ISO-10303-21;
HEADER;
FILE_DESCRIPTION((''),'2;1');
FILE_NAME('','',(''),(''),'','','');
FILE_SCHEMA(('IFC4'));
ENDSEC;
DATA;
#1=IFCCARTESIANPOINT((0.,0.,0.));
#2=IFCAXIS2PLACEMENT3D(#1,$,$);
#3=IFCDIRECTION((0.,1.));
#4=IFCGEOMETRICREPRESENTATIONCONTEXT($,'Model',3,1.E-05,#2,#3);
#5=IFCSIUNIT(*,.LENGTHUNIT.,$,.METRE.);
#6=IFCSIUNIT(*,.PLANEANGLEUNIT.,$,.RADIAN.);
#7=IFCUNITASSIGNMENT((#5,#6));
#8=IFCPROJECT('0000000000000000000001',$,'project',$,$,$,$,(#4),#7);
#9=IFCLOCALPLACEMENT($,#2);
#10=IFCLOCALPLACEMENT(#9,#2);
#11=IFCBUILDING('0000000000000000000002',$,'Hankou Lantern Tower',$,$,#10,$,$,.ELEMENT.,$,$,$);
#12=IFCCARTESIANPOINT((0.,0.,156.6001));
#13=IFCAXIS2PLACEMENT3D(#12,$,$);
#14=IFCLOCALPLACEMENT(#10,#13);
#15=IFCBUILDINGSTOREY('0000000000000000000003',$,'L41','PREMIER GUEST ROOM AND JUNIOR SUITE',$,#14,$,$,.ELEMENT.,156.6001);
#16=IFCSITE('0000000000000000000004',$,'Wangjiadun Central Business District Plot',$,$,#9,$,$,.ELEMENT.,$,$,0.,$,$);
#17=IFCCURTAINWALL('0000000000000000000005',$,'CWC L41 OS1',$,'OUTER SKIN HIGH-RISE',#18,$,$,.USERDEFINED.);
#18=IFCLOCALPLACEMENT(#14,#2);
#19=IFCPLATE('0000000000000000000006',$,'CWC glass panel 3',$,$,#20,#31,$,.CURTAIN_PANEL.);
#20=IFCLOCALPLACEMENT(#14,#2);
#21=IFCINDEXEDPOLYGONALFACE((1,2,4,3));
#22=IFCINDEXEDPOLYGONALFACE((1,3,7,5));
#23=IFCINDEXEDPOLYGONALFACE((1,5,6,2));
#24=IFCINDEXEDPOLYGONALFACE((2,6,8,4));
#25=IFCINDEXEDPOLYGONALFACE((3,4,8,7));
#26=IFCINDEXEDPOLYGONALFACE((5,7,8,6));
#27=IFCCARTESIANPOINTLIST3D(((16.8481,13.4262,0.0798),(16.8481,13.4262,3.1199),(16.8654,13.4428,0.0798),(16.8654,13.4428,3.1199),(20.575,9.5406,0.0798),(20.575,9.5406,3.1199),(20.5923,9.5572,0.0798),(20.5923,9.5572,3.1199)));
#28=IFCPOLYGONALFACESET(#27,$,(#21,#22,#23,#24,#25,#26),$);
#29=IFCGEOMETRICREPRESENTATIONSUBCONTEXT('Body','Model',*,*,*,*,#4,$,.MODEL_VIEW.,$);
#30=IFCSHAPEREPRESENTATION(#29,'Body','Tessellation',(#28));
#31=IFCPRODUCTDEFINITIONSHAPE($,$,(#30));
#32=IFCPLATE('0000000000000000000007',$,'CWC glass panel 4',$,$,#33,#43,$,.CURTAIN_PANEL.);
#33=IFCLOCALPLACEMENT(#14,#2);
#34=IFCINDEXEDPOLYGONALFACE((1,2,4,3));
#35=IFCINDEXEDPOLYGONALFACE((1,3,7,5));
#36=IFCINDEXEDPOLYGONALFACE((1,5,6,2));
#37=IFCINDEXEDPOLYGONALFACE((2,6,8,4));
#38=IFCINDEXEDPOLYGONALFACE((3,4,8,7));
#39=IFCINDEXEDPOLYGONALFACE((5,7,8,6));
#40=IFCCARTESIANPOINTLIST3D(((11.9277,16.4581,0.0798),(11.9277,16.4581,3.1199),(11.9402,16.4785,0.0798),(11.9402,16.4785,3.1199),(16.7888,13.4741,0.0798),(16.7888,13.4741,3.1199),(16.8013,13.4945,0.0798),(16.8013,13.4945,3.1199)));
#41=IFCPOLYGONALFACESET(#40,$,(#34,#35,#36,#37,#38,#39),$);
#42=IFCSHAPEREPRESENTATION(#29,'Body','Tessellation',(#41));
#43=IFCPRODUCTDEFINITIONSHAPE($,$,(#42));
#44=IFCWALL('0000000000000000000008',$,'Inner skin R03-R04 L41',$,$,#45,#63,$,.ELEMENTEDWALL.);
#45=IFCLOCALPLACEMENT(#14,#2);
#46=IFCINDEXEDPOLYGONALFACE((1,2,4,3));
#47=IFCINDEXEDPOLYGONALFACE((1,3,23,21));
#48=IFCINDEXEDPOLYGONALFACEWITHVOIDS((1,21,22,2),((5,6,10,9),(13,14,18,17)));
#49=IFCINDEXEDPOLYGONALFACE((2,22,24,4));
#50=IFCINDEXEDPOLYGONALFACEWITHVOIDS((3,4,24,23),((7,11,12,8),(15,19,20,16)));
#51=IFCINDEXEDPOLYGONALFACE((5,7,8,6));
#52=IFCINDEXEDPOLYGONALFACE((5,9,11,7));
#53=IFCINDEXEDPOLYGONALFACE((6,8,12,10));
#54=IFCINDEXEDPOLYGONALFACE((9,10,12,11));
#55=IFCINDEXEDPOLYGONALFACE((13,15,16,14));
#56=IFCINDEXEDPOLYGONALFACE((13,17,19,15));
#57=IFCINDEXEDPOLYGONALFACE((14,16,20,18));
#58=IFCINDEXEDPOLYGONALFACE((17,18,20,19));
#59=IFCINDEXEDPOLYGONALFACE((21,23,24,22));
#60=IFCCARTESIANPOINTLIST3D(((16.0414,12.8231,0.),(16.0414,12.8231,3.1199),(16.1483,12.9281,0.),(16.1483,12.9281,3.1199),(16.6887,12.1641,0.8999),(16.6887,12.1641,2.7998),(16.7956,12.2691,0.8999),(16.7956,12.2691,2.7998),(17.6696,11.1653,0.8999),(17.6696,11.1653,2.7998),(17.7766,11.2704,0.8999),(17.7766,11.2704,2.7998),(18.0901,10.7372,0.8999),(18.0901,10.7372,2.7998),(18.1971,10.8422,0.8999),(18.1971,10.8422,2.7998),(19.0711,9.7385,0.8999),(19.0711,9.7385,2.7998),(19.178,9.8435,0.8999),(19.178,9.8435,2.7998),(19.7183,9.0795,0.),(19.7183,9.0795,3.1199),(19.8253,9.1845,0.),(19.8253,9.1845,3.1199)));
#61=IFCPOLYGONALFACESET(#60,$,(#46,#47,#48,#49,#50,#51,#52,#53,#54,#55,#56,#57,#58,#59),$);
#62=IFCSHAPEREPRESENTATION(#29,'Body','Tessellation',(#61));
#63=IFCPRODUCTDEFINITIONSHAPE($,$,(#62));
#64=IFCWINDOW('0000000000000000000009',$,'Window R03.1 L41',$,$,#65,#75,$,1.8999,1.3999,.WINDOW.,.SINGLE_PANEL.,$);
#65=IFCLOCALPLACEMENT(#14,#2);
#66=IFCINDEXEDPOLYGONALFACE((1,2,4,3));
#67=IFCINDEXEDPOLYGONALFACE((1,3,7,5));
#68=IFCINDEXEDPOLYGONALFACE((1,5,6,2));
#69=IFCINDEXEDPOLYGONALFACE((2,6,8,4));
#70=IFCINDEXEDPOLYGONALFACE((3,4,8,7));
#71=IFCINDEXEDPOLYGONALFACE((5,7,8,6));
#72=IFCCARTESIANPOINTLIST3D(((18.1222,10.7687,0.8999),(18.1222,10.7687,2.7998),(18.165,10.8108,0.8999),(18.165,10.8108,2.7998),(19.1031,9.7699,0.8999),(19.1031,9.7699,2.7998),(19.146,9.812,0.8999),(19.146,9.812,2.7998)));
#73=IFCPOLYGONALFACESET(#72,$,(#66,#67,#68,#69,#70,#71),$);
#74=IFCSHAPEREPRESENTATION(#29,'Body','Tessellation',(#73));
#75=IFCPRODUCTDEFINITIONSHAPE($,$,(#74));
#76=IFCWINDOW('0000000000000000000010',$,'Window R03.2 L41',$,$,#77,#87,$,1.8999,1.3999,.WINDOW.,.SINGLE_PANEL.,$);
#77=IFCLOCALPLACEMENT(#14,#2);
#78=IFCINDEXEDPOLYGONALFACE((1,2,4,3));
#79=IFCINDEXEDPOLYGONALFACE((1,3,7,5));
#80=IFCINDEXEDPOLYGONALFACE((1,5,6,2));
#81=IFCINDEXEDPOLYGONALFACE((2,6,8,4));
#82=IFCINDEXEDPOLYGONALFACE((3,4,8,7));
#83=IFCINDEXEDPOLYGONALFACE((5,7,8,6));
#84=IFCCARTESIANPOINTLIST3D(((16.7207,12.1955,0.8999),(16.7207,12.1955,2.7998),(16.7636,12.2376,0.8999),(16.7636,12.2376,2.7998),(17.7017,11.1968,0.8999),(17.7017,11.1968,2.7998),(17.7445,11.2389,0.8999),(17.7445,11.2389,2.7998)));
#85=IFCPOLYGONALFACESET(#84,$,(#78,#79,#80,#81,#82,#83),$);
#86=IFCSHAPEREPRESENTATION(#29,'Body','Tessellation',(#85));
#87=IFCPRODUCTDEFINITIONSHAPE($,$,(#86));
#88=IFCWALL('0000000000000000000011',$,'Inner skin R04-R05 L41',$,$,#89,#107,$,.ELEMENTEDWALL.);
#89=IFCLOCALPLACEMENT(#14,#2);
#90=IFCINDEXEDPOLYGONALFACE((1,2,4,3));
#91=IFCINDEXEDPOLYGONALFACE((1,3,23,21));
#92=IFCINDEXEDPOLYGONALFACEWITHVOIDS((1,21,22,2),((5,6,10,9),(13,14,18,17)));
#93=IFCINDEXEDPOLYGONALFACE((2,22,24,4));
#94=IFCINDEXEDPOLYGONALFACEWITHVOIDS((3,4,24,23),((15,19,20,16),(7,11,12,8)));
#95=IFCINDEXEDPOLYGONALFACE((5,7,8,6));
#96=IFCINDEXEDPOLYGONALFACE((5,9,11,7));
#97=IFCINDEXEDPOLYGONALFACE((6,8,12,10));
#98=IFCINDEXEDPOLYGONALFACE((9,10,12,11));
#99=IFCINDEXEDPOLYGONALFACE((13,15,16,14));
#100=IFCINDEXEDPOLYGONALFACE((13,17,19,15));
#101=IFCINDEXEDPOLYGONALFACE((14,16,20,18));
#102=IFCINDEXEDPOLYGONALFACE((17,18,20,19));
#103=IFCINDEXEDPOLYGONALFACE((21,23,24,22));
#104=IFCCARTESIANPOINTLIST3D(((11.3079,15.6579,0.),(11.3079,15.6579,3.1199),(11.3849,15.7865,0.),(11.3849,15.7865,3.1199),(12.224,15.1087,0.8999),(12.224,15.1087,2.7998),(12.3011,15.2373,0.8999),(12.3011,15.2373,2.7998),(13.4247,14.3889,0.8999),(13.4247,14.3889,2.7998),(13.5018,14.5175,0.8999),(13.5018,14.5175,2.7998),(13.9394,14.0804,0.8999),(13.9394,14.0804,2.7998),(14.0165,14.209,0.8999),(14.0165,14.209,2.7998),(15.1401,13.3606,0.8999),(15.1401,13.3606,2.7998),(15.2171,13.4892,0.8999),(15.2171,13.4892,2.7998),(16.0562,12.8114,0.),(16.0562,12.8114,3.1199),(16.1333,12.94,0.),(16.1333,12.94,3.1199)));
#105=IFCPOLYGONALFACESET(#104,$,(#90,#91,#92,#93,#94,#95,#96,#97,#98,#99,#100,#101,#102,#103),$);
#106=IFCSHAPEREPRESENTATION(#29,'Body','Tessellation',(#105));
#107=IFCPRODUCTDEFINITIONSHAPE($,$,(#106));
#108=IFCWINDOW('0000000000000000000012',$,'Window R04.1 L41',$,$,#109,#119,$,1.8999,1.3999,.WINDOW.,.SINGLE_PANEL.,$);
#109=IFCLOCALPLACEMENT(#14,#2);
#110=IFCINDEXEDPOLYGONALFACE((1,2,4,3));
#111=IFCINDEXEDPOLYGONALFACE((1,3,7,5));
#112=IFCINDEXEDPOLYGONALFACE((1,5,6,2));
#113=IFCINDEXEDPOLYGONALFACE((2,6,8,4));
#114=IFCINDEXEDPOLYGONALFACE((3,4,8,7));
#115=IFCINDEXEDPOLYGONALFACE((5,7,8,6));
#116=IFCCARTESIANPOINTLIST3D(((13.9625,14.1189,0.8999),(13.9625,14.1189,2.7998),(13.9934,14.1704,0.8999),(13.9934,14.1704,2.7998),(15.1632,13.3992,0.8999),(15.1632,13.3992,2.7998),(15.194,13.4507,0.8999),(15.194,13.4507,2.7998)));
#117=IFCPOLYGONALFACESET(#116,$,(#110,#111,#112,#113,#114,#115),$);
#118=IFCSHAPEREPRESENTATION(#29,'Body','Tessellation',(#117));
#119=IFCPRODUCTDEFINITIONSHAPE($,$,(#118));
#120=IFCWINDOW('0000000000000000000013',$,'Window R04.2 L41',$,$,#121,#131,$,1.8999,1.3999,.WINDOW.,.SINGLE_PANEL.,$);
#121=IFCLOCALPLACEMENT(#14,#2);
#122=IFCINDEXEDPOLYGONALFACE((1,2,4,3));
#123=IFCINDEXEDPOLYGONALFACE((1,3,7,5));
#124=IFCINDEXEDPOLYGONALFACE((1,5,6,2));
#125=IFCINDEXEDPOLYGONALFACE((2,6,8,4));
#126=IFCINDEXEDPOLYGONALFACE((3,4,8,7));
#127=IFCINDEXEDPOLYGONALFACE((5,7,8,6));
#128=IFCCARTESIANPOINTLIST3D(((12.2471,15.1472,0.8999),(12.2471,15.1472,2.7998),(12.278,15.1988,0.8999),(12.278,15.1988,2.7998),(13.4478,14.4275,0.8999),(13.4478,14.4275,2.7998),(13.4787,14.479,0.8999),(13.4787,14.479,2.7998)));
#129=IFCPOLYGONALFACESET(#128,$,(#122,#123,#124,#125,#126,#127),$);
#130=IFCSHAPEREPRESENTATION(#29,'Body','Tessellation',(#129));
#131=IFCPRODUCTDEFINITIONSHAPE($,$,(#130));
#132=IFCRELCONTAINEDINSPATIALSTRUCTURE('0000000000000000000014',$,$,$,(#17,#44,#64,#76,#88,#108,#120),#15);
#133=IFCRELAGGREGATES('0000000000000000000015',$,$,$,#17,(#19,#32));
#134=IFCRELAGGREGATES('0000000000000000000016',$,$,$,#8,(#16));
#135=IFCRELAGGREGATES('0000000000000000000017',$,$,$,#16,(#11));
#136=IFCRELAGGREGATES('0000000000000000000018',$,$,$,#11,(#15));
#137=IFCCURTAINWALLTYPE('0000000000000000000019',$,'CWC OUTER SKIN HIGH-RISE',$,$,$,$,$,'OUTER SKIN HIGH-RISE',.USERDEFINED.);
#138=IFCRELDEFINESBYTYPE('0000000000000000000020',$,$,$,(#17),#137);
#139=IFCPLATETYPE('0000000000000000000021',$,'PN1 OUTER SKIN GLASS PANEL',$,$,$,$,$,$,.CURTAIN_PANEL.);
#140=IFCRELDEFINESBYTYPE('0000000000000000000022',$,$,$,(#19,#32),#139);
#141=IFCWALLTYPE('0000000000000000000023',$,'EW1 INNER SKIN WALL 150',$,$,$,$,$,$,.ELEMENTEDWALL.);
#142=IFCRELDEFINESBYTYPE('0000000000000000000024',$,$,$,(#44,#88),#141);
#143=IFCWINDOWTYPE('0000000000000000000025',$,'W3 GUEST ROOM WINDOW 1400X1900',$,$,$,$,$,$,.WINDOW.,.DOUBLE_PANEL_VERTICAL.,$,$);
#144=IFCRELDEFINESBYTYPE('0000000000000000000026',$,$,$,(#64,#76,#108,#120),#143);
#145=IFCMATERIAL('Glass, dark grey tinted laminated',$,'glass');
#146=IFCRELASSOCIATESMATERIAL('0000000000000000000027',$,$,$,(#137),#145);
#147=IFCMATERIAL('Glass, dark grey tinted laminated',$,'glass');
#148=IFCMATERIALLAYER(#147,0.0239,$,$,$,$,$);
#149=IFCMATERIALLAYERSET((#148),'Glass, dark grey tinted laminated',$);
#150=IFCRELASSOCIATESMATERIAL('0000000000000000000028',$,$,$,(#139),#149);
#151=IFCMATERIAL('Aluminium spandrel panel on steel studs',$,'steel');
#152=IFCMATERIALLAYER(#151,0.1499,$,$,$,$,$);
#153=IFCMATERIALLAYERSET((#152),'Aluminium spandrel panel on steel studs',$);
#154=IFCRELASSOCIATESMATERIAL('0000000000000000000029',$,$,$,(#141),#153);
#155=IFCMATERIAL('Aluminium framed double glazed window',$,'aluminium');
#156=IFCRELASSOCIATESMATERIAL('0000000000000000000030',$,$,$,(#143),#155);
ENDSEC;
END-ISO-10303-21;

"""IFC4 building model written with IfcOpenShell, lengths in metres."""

from ifc_helpers import new_model, si_unit, direction, frame, frame_2d, origin, origin_2d, place, context, subcontext, project, spatial, rectangle, extrude, material, layer, layer_set, type_object, element, fill, aggregate, save


model = new_model("IFC4")

# Units and contexts
model_context = context("Model", 3, precision=1e-05, world=origin(), true_north=direction((0.0, 1.0)))
body_context = subcontext(model_context, "Body", "Model", "MODEL_VIEW")
ifc_project = project(units=[si_unit("LENGTHUNIT", "METRE"), si_unit("PLANEANGLEUNIT", "RADIAN")], contexts=[model_context])

# Site, building, storey
site_placement = place(None, origin())
site = spatial("IfcSite", under=ifc_project, at=site_placement, Name="Wangjiadun Central Business District Plot", CompositionType="ELEMENT", RefElevation=0.0)
building_placement = place(site_placement, origin())
building = spatial("IfcBuilding", under=site, at=building_placement, Name="Hankou Lantern Tower", CompositionType="ELEMENT")
storey_placement = place(building_placement, frame((0.0, 0.0, 156.6001)))
storey = spatial("IfcBuildingStorey", under=building, at=storey_placement, Name="L41", Description="PREMIER GUEST ROOM AND JUNIOR SUITE", CompositionType="ELEMENT", Elevation=156.6001)

# Curtain wall
ifc_material_1 = material(Name="Glass, dark grey tinted laminated", Category="glass")
curtain_wall_type = type_object("IfcCurtainWallType", Name="CWC OUTER SKIN HIGH-RISE", ElementType="OUTER SKIN HIGH-RISE", PredefinedType="USERDEFINED", material=ifc_material_1)
curtain_wall_placement = place(storey_placement, origin())
curtain_wall = element("IfcCurtainWall", 1, at=curtain_wall_placement, inside=storey, type_object=curtain_wall_type, Name="CWC L41 OS1", ObjectType="OUTER SKIN HIGH-RISE", PredefinedType="USERDEFINED")

# Plates
ifc_material_2 = material(Name="Glass, dark grey tinted laminated", Category="glass")
ifc_layer_1 = layer(ifc_material_2, 0.0239)
ifc_layer_set_1 = layer_set([ifc_layer_1], Name="Glass, dark grey tinted laminated")
plate_type = type_object("IfcPlateType", Name="PN1 OUTER SKIN GLASS PANEL", PredefinedType="CURTAIN_PANEL", material=ifc_layer_set_1)
plate_1_placement = place(storey_placement, frame((18.7202, 11.4917, 0.0798), z_axis=(0.0, 0.0, 1.0), x_axis=(-0.692216, 0.721691, 0.0)))
plate_1 = element("IfcPlate", 2, at=plate_1_placement, type_object=plate_type, Name="CWC glass panel 3", PredefinedType="CURTAIN_PANEL", context=body_context, shape_type="SweptSolid", body=[
    extrude(rectangle(XDim=5.384, YDim=0.0239, at=origin_2d()), origin(), (0.0, 0.0, 1.0), 3.04),
])
plate_2_placement = place(storey_placement, frame((14.3645, 14.9763, 0.0798), z_axis=(0.0, 0.0, 1.0), x_axis=(-0.852237, 0.523156, 0.0)))
plate_2 = element("IfcPlate", 3, at=plate_2_placement, type_object=plate_type, Name="CWC glass panel 4", PredefinedType="CURTAIN_PANEL", context=body_context, shape_type="SweptSolid", body=[
    extrude(rectangle(XDim=5.7039, YDim=0.0239, at=origin_2d()), origin(), (0.0, 0.0, 1.0), 3.04),
])
aggregate(curtain_wall, [plate_1, plate_2])

# Walls, openings, windows
ifc_material_3 = material(Name="Aluminium spandrel panel on steel studs", Category="steel")
ifc_layer_2 = layer(ifc_material_3, 0.1499)
ifc_layer_set_2 = layer_set([ifc_layer_2], Name="Aluminium spandrel panel on steel studs")
wall_type_1 = type_object("IfcWallType", Name="EW1 INNER SKIN WALL 150", PredefinedType="ELEMENTEDWALL", material=ifc_layer_set_2)
wall_1_placement = place(storey_placement, frame((19.7717, 9.1321, 0.0), z_axis=(0.0, 0.0, 1.0), x_axis=(-0.700727, 0.713429, 0.0)))
wall_1 = element("IfcWall", 4, at=wall_1_placement, inside=storey, type_object=wall_type_1, Name="Inner skin R03-R04 L41", PredefinedType="ELEMENTEDWALL", context=body_context, shape_type="SweptSolid", body=[
    extrude(rectangle(XDim=5.2473, YDim=0.1499, at=frame_2d((2.6235, 0.0))), origin(), (0.0, 0.0, 1.0), 3.1199),
])
opening_1_placement = place(wall_1_placement, frame((0.9236, 0.0, 0.8999)))
opening_1 = element("IfcOpeningElement", 5, at=opening_1_placement, cuts=wall_1, PredefinedType="OPENING", context=body_context, shape_type="SweptSolid", body=[
    extrude(rectangle(XDim=1.3999, YDim=1.8999, at=frame_2d((0.7, 0.95))), frame((0.0, 0.085, 0.0), z_axis=(0.0, -1.0, 0.0), x_axis=(1.0, 0.0, 0.0)), (0.0, 0.0, 1.0), 0.1699),
])
opening_2_placement = place(wall_1_placement, frame((2.9236, 0.0, 0.8999)))
opening_2 = element("IfcOpeningElement", 6, at=opening_2_placement, cuts=wall_1, PredefinedType="OPENING", context=body_context, shape_type="SweptSolid", body=[
    extrude(rectangle(XDim=1.3999, YDim=1.8999, at=frame_2d((0.7, 0.95))), frame((0.0, 0.085, 0.0), z_axis=(0.0, -1.0, 0.0), x_axis=(1.0, 0.0, 0.0)), (0.0, 0.0, 1.0), 0.1699),
])
ifc_material_4 = material(Name="Aluminium framed double glazed window", Category="aluminium")
window_type = type_object("IfcWindowType", Name="W3 GUEST ROOM WINDOW 1400X1900", PartitioningType="DOUBLE_PANEL_VERTICAL", PredefinedType="WINDOW", material=ifc_material_4)
window_1_placement = place(opening_1_placement, origin())
window_1 = element("IfcWindow", 7, at=window_1_placement, inside=storey, type_object=window_type, Name="Window R03.1 L41", OverallHeight=1.8999, OverallWidth=1.3999, PartitioningType="SINGLE_PANEL", PredefinedType="WINDOW", context=body_context, shape_type="SweptSolid", body=[
    extrude(rectangle(XDim=1.3999, YDim=1.8999, at=frame_2d((0.7, 0.95))), frame((0.0, 0.03, 0.0), z_axis=(0.0, -1.0, 0.0), x_axis=(1.0, 0.0, 0.0)), (0.0, 0.0, 1.0), 0.0601),
])
fill(opening_1, window_1)
window_2_placement = place(opening_2_placement, origin())
window_2 = element("IfcWindow", 8, at=window_2_placement, inside=storey, type_object=window_type, Name="Window R03.2 L41", OverallHeight=1.8999, OverallWidth=1.3999, PartitioningType="SINGLE_PANEL", PredefinedType="WINDOW", context=body_context, shape_type="SweptSolid", body=[
    extrude(rectangle(XDim=1.3999, YDim=1.8999, at=frame_2d((0.7, 0.95))), frame((0.0, 0.03, 0.0), z_axis=(0.0, -1.0, 0.0), x_axis=(1.0, 0.0, 0.0)), (0.0, 0.0, 1.0), 0.0601),
])
fill(opening_2, window_2)
wall_2_placement = place(storey_placement, frame((16.0947, 12.8757, 0.0), z_axis=(0.0, 0.0, 1.0), x_axis=(-0.857695, 0.514158, 0.0)))
wall_2 = element("IfcWall", 9, at=wall_2_placement, inside=storey, type_object=wall_type_1, Name="Inner skin R04-R05 L41", PredefinedType="ELEMENTEDWALL", context=body_context, shape_type="SweptSolid", body=[
    extrude(rectangle(XDim=5.5361, YDim=0.1499, at=frame_2d((2.7681, 0.0))), origin(), (0.0, 0.0, 1.0), 3.1199),
])
opening_3_placement = place(wall_2_placement, frame((1.0681, 0.0, 0.8999)))
opening_3 = element("IfcOpeningElement", 10, at=opening_3_placement, cuts=wall_2, PredefinedType="OPENING", context=body_context, shape_type="SweptSolid", body=[
    extrude(rectangle(XDim=1.3999, YDim=1.8999, at=frame_2d((0.7, 0.95))), frame((0.0, 0.085, 0.0), z_axis=(0.0, -1.0, 0.0), x_axis=(1.0, 0.0, 0.0)), (0.0, 0.0, 1.0), 0.1699),
])
opening_4_placement = place(wall_2_placement, frame((3.0681, 0.0, 0.8999)))
opening_4 = element("IfcOpeningElement", 11, at=opening_4_placement, cuts=wall_2, PredefinedType="OPENING", context=body_context, shape_type="SweptSolid", body=[
    extrude(rectangle(XDim=1.3999, YDim=1.8999, at=frame_2d((0.7, 0.95))), frame((0.0, 0.085, 0.0), z_axis=(0.0, -1.0, 0.0), x_axis=(1.0, 0.0, 0.0)), (0.0, 0.0, 1.0), 0.1699),
])
window_3_placement = place(opening_3_placement, origin())
window_3 = element("IfcWindow", 12, at=window_3_placement, inside=storey, type_object=window_type, Name="Window R04.1 L41", OverallHeight=1.8999, OverallWidth=1.3999, PartitioningType="SINGLE_PANEL", PredefinedType="WINDOW", context=body_context, shape_type="SweptSolid", body=[
    extrude(rectangle(XDim=1.3999, YDim=1.8999, at=frame_2d((0.7, 0.95))), frame((0.0, 0.03, 0.0), z_axis=(0.0, -1.0, 0.0), x_axis=(1.0, 0.0, 0.0)), (0.0, 0.0, 1.0), 0.0601),
])
fill(opening_3, window_3)
window_4_placement = place(opening_4_placement, origin())
window_4 = element("IfcWindow", 13, at=window_4_placement, inside=storey, type_object=window_type, Name="Window R04.2 L41", OverallHeight=1.8999, OverallWidth=1.3999, PartitioningType="SINGLE_PANEL", PredefinedType="WINDOW", context=body_context, shape_type="SweptSolid", body=[
    extrude(rectangle(XDim=1.3999, YDim=1.8999, at=frame_2d((0.7, 0.95))), frame((0.0, 0.03, 0.0), z_axis=(0.0, -1.0, 0.0), x_axis=(1.0, 0.0, 0.0)), (0.0, 0.0, 1.0), 0.0601),
])
fill(opening_4, window_4)

save(model, "model.ifc")
